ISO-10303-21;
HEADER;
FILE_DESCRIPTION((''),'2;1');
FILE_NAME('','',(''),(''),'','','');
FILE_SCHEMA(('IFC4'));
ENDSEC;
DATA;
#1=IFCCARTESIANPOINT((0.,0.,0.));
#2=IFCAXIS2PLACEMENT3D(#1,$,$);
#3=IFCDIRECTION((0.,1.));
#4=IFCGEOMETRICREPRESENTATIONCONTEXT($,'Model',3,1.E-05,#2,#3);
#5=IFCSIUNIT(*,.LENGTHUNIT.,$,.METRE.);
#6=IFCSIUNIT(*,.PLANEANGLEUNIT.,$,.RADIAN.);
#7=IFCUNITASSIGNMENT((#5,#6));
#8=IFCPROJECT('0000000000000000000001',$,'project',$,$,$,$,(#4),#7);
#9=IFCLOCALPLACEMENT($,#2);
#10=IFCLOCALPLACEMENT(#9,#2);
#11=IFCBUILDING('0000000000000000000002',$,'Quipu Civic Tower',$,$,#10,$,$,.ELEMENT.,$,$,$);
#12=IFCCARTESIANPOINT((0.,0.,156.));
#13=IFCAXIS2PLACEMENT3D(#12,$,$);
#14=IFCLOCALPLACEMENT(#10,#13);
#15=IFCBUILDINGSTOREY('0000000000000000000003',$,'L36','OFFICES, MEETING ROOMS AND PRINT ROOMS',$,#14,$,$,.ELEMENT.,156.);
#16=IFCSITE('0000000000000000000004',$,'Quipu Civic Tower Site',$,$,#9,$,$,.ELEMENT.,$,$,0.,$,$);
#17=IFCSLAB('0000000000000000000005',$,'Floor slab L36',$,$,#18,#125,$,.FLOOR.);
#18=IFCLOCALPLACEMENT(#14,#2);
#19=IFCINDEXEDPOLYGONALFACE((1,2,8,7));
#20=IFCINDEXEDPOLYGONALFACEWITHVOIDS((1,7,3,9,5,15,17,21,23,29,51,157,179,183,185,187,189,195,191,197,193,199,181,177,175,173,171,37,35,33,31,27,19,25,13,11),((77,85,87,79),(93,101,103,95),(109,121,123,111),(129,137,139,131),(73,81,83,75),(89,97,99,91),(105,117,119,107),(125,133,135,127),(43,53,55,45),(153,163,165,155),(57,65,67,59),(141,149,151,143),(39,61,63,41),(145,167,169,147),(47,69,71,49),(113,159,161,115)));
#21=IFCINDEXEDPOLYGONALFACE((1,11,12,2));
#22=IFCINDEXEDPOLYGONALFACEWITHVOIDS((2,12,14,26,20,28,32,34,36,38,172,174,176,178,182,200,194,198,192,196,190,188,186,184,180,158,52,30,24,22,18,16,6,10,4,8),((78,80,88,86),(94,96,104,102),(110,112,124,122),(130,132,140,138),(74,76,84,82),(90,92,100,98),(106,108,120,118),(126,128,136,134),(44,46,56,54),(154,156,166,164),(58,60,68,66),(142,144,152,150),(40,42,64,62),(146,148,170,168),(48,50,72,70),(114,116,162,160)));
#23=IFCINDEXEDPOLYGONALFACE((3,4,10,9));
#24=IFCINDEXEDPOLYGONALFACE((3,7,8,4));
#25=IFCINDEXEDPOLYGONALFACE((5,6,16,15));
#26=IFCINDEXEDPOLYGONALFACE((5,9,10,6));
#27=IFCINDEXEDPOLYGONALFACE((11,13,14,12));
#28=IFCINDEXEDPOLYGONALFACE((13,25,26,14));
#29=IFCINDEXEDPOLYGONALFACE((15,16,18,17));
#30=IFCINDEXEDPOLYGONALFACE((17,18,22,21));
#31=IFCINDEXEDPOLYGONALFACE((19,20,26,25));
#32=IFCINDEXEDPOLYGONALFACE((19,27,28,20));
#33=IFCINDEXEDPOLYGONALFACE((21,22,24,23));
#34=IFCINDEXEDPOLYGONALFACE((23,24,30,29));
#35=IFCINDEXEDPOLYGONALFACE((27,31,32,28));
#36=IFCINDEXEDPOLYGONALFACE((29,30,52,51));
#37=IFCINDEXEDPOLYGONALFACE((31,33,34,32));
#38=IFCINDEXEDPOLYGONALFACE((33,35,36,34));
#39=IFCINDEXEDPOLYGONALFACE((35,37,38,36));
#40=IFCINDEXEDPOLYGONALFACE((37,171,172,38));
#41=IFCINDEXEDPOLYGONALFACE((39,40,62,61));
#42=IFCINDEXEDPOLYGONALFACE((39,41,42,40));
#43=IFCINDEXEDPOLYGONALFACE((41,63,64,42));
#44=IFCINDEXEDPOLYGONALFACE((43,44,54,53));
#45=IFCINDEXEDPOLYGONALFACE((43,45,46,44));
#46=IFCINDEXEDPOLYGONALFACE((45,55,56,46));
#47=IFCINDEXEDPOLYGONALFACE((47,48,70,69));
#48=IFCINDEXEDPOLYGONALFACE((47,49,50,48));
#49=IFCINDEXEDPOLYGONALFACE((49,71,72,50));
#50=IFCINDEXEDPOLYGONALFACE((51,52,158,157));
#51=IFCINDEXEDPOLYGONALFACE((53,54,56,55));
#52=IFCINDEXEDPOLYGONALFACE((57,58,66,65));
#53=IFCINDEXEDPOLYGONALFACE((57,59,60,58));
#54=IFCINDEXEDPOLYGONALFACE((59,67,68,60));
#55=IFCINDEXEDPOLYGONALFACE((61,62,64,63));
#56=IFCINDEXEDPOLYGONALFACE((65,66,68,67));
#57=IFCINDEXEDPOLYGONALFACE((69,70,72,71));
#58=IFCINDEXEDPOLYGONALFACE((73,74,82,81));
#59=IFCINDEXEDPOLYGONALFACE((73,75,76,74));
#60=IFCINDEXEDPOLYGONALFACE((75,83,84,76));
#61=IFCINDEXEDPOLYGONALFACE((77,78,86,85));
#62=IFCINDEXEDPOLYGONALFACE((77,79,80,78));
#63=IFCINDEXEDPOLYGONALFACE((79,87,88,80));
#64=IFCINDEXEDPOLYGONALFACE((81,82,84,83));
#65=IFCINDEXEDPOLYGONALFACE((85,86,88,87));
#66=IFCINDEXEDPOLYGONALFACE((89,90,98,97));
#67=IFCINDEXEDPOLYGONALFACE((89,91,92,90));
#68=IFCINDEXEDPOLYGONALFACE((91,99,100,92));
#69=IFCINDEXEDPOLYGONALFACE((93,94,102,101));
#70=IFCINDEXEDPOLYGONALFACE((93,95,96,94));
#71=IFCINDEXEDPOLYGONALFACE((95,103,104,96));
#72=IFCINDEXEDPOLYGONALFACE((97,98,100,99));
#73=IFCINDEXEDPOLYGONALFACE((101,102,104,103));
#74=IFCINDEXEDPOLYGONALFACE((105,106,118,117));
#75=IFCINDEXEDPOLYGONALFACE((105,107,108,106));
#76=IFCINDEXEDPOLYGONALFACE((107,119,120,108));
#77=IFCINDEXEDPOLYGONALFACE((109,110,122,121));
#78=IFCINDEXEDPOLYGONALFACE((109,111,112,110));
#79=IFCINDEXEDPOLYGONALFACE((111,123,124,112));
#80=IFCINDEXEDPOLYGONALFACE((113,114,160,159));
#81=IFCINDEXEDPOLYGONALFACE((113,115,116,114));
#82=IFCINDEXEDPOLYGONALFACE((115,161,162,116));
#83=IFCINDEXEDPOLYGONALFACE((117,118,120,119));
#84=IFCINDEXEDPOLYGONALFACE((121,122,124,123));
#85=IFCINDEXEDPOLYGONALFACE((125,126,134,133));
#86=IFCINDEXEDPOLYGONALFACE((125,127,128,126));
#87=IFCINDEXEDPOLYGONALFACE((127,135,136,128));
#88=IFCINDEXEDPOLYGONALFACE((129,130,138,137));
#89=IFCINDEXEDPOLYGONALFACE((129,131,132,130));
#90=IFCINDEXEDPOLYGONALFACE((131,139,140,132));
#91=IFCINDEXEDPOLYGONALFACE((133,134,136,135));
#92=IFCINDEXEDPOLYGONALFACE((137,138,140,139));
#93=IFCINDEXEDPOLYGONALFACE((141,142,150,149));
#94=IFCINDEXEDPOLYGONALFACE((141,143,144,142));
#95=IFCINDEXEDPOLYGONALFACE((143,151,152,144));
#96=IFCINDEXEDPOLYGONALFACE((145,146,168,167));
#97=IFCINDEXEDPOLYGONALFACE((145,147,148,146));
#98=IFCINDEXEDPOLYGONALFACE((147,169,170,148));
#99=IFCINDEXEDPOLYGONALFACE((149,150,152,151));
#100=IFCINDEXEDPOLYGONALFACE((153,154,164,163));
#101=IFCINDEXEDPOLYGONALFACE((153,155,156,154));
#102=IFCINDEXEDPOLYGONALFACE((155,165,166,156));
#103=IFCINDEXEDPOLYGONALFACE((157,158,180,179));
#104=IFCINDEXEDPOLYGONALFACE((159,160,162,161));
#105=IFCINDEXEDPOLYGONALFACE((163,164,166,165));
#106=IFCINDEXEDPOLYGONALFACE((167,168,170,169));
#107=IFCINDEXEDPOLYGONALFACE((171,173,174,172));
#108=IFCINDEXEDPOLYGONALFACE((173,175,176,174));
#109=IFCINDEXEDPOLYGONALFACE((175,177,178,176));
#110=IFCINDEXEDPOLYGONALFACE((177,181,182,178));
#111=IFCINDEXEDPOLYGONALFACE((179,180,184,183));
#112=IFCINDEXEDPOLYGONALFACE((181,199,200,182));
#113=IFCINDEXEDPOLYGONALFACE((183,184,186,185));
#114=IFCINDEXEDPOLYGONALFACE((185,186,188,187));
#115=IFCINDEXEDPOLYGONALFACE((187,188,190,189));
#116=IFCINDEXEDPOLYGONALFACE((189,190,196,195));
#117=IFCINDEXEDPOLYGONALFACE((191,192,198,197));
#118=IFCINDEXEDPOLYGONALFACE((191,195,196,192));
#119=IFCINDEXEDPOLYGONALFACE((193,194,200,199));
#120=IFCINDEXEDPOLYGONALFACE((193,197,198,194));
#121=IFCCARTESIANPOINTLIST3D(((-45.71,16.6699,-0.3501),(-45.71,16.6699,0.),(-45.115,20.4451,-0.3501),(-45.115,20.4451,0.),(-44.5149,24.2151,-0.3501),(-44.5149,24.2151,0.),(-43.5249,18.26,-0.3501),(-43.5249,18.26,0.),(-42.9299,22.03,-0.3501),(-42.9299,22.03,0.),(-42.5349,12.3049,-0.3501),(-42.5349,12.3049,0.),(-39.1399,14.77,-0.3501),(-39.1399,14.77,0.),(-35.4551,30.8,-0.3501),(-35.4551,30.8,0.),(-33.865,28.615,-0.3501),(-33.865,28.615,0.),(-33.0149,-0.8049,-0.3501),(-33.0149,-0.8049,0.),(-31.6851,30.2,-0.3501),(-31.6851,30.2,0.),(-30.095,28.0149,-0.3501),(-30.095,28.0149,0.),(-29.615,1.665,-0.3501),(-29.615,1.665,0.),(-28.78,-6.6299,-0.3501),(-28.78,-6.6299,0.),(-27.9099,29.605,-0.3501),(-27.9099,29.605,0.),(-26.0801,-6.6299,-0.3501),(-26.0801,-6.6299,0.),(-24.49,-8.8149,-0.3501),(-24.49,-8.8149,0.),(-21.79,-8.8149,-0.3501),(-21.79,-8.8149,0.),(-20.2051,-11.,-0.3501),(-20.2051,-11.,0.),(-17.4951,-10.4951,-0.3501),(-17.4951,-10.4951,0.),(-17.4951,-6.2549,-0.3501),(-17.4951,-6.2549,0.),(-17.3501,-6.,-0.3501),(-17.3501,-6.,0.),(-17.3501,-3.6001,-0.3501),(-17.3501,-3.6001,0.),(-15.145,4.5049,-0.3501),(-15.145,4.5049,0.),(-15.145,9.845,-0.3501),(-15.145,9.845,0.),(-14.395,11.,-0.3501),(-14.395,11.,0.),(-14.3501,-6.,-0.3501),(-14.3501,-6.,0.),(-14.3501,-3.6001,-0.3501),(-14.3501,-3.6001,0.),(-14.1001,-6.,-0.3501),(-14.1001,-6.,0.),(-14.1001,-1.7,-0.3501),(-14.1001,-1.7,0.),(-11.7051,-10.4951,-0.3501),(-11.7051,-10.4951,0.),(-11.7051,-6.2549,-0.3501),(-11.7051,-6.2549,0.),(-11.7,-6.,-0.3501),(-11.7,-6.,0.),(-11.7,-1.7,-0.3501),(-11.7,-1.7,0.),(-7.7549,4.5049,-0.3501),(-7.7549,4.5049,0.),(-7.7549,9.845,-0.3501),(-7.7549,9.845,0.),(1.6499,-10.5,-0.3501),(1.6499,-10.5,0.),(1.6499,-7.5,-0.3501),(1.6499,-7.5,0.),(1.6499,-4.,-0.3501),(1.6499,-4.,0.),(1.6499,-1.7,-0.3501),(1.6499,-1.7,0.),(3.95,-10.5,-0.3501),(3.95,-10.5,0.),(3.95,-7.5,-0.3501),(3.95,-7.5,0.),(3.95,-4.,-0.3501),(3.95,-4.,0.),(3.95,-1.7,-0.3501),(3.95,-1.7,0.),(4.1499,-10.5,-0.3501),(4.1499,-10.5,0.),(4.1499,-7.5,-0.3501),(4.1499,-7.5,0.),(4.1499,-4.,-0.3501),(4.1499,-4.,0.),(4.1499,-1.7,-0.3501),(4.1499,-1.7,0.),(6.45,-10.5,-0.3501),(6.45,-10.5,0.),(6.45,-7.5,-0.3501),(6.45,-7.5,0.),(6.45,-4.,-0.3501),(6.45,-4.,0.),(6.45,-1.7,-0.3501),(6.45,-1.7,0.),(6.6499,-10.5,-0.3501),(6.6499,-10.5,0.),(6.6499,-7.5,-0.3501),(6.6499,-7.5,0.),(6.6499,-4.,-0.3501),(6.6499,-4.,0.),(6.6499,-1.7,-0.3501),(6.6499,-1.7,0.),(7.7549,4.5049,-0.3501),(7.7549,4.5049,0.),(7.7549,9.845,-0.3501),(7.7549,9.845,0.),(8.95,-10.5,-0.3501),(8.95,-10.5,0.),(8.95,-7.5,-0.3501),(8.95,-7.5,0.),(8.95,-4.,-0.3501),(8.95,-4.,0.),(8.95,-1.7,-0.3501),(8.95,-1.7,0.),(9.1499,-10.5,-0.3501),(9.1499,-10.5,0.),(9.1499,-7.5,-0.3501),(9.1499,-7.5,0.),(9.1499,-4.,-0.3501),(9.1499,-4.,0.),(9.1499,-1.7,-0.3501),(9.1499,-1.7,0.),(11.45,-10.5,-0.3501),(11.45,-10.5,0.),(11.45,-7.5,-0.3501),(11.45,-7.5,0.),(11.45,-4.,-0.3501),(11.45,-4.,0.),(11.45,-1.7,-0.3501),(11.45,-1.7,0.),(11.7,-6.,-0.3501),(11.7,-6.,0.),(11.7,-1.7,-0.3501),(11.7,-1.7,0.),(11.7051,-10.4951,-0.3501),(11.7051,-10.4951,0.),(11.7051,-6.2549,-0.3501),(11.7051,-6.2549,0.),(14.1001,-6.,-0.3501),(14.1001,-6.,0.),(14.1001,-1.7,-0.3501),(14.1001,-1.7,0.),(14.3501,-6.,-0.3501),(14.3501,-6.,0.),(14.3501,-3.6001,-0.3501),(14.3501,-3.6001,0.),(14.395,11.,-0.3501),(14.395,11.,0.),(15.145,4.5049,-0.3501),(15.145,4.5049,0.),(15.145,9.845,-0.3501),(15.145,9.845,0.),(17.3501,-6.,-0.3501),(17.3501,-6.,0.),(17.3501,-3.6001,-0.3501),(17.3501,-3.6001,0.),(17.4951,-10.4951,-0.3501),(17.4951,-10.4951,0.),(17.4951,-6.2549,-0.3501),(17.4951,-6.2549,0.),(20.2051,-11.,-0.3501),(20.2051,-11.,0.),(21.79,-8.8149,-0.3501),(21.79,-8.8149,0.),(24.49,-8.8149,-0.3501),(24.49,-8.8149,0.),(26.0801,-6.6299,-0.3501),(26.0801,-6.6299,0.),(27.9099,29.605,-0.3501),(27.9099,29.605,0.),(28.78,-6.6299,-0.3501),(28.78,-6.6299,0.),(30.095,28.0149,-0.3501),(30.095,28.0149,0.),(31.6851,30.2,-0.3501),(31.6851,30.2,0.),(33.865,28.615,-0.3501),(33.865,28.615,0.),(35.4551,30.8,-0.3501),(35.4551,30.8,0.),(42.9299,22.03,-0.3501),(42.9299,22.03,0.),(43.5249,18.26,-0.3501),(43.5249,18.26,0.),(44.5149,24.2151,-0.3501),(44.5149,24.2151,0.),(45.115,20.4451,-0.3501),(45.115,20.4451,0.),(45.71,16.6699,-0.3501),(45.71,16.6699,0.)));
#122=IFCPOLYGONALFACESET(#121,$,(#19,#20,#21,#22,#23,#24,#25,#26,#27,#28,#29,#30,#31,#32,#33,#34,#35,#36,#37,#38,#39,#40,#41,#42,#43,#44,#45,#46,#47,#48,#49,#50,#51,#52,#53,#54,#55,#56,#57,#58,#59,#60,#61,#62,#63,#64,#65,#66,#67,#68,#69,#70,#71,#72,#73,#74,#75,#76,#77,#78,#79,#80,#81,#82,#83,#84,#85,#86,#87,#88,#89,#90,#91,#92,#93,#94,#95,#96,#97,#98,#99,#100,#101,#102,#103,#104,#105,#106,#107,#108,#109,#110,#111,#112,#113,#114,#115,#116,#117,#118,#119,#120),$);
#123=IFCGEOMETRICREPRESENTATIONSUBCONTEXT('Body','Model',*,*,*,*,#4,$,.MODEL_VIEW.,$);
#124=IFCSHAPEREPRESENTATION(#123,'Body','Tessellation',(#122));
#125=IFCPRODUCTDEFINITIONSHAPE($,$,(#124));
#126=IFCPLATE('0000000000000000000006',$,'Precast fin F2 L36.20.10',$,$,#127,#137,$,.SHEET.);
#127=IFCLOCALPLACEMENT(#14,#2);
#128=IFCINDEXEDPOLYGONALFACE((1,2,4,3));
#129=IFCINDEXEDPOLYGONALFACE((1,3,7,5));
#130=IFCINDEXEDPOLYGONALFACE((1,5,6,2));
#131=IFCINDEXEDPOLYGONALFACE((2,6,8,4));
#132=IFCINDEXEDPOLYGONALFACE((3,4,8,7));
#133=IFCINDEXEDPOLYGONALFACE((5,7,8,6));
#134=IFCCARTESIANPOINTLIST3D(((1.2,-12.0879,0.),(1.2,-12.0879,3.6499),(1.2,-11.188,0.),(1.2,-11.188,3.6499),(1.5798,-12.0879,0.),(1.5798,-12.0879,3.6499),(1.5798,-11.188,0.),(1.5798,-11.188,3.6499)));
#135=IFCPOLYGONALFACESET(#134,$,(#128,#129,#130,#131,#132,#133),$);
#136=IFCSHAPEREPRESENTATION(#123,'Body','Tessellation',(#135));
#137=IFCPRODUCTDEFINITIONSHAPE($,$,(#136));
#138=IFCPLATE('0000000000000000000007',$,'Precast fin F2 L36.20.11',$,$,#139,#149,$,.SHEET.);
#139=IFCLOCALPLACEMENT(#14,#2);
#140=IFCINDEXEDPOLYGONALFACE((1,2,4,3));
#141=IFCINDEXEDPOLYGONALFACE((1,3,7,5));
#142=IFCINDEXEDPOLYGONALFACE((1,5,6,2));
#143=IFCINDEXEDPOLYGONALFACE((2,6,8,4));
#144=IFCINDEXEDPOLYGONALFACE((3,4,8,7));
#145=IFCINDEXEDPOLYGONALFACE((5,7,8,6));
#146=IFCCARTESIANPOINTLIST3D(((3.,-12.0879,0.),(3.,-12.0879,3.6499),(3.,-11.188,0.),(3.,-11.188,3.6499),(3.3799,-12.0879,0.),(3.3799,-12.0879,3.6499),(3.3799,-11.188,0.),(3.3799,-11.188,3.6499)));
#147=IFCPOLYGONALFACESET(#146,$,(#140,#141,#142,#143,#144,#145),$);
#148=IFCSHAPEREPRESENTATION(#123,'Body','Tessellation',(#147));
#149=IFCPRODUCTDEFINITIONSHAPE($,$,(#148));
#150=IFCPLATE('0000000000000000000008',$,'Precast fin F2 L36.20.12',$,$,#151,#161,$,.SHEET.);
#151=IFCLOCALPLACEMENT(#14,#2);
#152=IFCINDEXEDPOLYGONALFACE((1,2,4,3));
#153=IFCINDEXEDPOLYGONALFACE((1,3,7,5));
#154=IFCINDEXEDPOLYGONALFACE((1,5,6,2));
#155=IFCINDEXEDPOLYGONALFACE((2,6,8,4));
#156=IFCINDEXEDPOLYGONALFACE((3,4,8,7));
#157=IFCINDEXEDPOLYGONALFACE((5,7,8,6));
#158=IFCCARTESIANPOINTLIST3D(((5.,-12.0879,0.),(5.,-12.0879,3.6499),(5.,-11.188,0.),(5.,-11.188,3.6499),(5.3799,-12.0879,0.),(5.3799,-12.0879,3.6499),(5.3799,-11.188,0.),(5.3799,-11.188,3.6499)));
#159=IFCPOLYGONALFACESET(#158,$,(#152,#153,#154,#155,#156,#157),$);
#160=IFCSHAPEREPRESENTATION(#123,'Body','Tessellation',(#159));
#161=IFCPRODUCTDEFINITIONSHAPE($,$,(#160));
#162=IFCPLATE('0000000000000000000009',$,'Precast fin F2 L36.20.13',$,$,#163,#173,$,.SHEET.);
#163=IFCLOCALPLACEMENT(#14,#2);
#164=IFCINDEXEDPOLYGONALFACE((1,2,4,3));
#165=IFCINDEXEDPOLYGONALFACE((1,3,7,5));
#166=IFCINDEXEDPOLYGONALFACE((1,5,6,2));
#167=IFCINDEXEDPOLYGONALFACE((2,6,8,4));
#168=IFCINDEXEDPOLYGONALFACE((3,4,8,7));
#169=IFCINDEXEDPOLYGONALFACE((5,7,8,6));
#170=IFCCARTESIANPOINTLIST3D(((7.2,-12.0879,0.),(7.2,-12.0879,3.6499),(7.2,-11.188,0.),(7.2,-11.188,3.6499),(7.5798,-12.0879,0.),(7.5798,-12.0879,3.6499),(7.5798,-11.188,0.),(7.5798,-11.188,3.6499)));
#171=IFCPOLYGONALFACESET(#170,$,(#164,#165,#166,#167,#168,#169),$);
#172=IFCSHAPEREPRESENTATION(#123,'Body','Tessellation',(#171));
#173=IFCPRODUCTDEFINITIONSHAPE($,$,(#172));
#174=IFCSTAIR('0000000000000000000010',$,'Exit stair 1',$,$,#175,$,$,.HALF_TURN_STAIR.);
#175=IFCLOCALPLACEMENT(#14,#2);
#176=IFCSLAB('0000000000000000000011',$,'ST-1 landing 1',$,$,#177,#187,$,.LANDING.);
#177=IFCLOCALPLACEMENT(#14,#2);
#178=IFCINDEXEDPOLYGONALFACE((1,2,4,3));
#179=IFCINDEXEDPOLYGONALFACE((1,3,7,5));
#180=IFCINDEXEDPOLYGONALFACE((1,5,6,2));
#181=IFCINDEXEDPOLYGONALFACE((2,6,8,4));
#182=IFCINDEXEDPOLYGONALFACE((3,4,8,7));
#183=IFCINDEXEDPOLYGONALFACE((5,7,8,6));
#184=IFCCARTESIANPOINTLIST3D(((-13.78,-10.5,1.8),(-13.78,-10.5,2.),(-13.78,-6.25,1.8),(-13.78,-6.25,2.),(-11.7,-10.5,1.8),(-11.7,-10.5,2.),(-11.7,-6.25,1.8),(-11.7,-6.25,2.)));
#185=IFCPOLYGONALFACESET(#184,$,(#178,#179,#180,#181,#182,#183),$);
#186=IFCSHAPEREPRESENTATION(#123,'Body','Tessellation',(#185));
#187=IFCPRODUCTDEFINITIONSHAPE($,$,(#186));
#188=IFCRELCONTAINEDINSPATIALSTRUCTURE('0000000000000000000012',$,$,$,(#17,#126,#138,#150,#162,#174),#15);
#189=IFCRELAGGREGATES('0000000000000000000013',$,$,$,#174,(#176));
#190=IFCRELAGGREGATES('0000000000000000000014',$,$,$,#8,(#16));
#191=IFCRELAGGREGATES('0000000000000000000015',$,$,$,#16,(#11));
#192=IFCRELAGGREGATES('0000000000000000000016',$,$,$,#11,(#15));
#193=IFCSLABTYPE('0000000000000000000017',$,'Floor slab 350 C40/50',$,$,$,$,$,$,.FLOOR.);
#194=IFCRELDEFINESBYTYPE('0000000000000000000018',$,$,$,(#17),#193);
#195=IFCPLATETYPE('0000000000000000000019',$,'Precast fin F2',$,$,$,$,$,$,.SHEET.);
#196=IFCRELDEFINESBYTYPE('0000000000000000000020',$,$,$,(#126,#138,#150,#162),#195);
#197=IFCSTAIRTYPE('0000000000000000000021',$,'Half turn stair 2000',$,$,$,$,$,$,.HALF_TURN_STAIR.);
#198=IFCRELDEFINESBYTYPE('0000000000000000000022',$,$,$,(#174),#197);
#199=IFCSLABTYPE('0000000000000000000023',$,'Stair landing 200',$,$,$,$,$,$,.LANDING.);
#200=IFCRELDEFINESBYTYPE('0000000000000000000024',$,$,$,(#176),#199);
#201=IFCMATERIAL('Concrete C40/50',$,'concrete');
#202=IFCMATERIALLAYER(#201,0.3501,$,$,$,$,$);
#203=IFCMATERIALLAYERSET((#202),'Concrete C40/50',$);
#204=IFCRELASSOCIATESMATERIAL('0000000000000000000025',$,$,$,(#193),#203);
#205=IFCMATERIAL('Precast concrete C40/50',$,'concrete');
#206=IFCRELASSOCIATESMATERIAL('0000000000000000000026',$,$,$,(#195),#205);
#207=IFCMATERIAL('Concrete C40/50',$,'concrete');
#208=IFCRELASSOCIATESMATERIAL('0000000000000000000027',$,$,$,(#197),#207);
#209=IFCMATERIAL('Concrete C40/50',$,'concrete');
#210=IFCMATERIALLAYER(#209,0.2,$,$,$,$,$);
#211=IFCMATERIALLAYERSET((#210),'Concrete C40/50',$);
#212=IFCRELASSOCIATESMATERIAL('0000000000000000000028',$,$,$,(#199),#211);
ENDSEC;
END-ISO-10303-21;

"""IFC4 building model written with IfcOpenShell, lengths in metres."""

from ifc_helpers import new_model, si_unit, direction, frame, origin, origin_2d, place, context, subcontext, project, spatial, polyline, rectangle, outline, extrude, material, layer, layer_set, type_object, element, aggregate, save


model = new_model("IFC4")

# Units and contexts
model_context = context("Model", 3, precision=1e-05, world=origin(), true_north=direction((0.0, 1.0)))
body_context = subcontext(model_context, "Body", "Model", "MODEL_VIEW")
ifc_project = project(units=[si_unit("LENGTHUNIT", "METRE"), si_unit("PLANEANGLEUNIT", "RADIAN")], contexts=[model_context])

# Site, building, storey
site_placement = place(None, origin())
site = spatial("IfcSite", under=ifc_project, at=site_placement, Name="Quipu Civic Tower Site", CompositionType="ELEMENT", RefElevation=0.0)
building_placement = place(site_placement, origin())
building = spatial("IfcBuilding", under=site, at=building_placement, Name="Quipu Civic Tower", CompositionType="ELEMENT")
storey_placement = place(building_placement, frame((0.0, 0.0, 156.0)))
storey = spatial("IfcBuildingStorey", under=building, at=storey_placement, Name="L36", Description="OFFICES, MEETING ROOMS AND PRINT ROOMS", CompositionType="ELEMENT", Elevation=156.0)

# Slab
ifc_material_1 = material(Name="Concrete C40/50", Category="concrete")
ifc_layer_1 = layer(ifc_material_1, 0.3501)
ifc_layer_set_1 = layer_set([ifc_layer_1], Name="Concrete C40/50")
slab_type_1 = type_object("IfcSlabType", Name="Floor slab 350 C40/50", PredefinedType="FLOOR", material=ifc_layer_set_1)
slab_1_placement = place(storey_placement, frame((0.0, 0.0, -0.3501)))
element("IfcSlab", 1, at=slab_1_placement, inside=storey, type_object=slab_type_1, Name="Floor slab L36", PredefinedType="FLOOR", context=body_context, shape_type="SweptSolid", body=[
    extrude(outline(polyline([(-45.115, 20.4451), (-42.9299, 22.03), (-44.5149, 24.2151), (-35.4551, 30.8), (-33.865, 28.615), (-31.6851, 30.2), (-30.095, 28.0149), (-27.9099, 29.605), (-14.395, 11.0), (14.395, 11.0), (27.9099, 29.605), (30.095, 28.0149), (31.6851, 30.2), (33.865, 28.615), (35.4551, 30.8), (44.5149, 24.2151), (42.9299, 22.03), (45.115, 20.4451), (43.5249, 18.26), (45.71, 16.6699), (28.78, -6.6299), (26.0801, -6.6299), (24.49, -8.8149), (21.79, -8.8149), (20.2051, -11.0), (-20.2051, -11.0), (-21.79, -8.8149), (-24.49, -8.8149), (-26.0801, -6.6299), (-28.78, -6.6299), (-33.0149, -0.8049), (-29.615, 1.665), (-39.1399, 14.77), (-42.5349, 12.3049), (-45.71, 16.6699), (-43.5249, 18.26), (-45.115, 20.4451)]), holes=[polyline([(1.6499, -7.5), (1.6499, -10.5), (3.95, -10.5), (3.95, -7.5), (1.6499, -7.5)]), polyline([(4.1499, -7.5), (4.1499, -10.5), (6.45, -10.5), (6.45, -7.5), (4.1499, -7.5)]), polyline([(-11.7051, -6.2549), (-17.4951, -6.2549), (-17.4951, -10.4951), (-11.7051, -10.4951), (-11.7051, -6.2549)]), polyline([(-17.3501, -3.6001), (-17.3501, -6.0), (-14.3501, -6.0), (-14.3501, -3.6001), (-17.3501, -3.6001)]), polyline([(-14.1001, -1.7), (-14.1001, -6.0), (-11.7, -6.0), (-11.7, -1.7), (-14.1001, -1.7)]), polyline([(1.6499, -1.7), (1.6499, -4.0), (3.95, -4.0), (3.95, -1.7), (1.6499, -1.7)]), polyline([(4.1499, -1.7), (4.1499, -4.0), (6.45, -4.0), (6.45, -1.7), (4.1499, -1.7)]), polyline([(-7.7549, 9.845), (-15.145, 9.845), (-15.145, 4.5049), (-7.7549, 4.5049), (-7.7549, 9.845)]), polyline([(6.6499, -7.5), (6.6499, -10.5), (8.95, -10.5), (8.95, -7.5), (6.6499, -7.5)]), polyline([(9.1499, -7.5), (9.1499, -10.5), (11.45, -10.5), (11.45, -7.5), (9.1499, -7.5)]), polyline([(11.7051, -10.4951), (17.4951, -10.4951), (17.4951, -6.2549), (11.7051, -6.2549), (11.7051, -10.4951)]), polyline([(14.3501, -3.6001), (14.3501, -6.0), (17.3501, -6.0), (17.3501, -3.6001), (14.3501, -3.6001)]), polyline([(11.7, -1.7), (11.7, -6.0), (14.1001, -6.0), (14.1001, -1.7), (11.7, -1.7)]), polyline([(6.6499, -1.7), (6.6499, -4.0), (8.95, -4.0), (8.95, -1.7), (6.6499, -1.7)]), polyline([(9.1499, -1.7), (9.1499, -4.0), (11.45, -4.0), (11.45, -1.7), (9.1499, -1.7)]), polyline([(7.7549, 4.5049), (15.145, 4.5049), (15.145, 9.845), (7.7549, 9.845), (7.7549, 4.5049)])]), origin(), (0.0, 0.0, 1.0), 0.3501),
])

# Plates
ifc_material_2 = material(Name="Precast concrete C40/50", Category="concrete")
plate_type = type_object("IfcPlateType", Name="Precast fin F2", PredefinedType="SHEET", material=ifc_material_2)
for number, where, z_axis, x_axis, name in (
    (2, (1.3899, -11.6379, 0.0), (0.0, 0.0, 1.0), (1.0, 0.0, 0.0), "Precast fin F2 L36.20.10"),
    (3, (3.1899, -11.6379, 0.0), (0.0, 0.0, 1.0), (1.0, 0.0, 0.0), "Precast fin F2 L36.20.11"),
    (4, (5.1899, -11.6379, 0.0), (0.0, 0.0, 1.0), (1.0, 0.0, 0.0), "Precast fin F2 L36.20.12"),
    (5, (7.3899, -11.6379, 0.0), (0.0, 0.0, 1.0), (1.0, 0.0, 0.0), "Precast fin F2 L36.20.13"),
):
    element("IfcPlate", number, at=place(storey_placement, frame(where, z_axis=z_axis, x_axis=x_axis)), inside=storey, type_object=plate_type, Name=name, PredefinedType="SHEET", context=body_context, shape_type="SweptSolid", body=[
        extrude(rectangle(XDim=0.3799, YDim=0.8999, at=origin_2d()), origin(), (0.0, 0.0, 1.0), 3.6499),
    ])

# Stair, slab
ifc_material_3 = material(Name="Concrete C40/50", Category="concrete")
stair_type_1 = type_object("IfcStairType", Name="Half turn stair 2000", PredefinedType="HALF_TURN_STAIR", material=ifc_material_3)
stair_1_placement = place(storey_placement, origin())
stair_1 = element("IfcStair", 6, at=stair_1_placement, inside=storey, type_object=stair_type_1, Name="Exit stair 1", PredefinedType="HALF_TURN_STAIR")
ifc_material_4 = material(Name="Concrete C40/50", Category="concrete")
ifc_layer_2 = layer(ifc_material_4, 0.2)
ifc_layer_set_2 = layer_set([ifc_layer_2], Name="Concrete C40/50")
slab_type_2 = type_object("IfcSlabType", Name="Stair landing 200", PredefinedType="LANDING", material=ifc_layer_set_2)
slab_2_placement = place(storey_placement, frame((0.0, 0.0, 1.8)))
slab_2 = element("IfcSlab", 7, at=slab_2_placement, type_object=slab_type_2, Name="ST-1 landing 1", PredefinedType="LANDING", context=body_context, shape_type="SweptSolid", body=[
    extrude(outline(polyline([(-13.78, -10.5), (-11.7, -10.5), (-11.7, -6.25), (-13.78, -6.25), (-13.78, -10.5)])), origin(), (0.0, 0.0, 1.0), 0.2),
])
aggregate(stair_1, [slab_2])

save(model, "model.ifc")
